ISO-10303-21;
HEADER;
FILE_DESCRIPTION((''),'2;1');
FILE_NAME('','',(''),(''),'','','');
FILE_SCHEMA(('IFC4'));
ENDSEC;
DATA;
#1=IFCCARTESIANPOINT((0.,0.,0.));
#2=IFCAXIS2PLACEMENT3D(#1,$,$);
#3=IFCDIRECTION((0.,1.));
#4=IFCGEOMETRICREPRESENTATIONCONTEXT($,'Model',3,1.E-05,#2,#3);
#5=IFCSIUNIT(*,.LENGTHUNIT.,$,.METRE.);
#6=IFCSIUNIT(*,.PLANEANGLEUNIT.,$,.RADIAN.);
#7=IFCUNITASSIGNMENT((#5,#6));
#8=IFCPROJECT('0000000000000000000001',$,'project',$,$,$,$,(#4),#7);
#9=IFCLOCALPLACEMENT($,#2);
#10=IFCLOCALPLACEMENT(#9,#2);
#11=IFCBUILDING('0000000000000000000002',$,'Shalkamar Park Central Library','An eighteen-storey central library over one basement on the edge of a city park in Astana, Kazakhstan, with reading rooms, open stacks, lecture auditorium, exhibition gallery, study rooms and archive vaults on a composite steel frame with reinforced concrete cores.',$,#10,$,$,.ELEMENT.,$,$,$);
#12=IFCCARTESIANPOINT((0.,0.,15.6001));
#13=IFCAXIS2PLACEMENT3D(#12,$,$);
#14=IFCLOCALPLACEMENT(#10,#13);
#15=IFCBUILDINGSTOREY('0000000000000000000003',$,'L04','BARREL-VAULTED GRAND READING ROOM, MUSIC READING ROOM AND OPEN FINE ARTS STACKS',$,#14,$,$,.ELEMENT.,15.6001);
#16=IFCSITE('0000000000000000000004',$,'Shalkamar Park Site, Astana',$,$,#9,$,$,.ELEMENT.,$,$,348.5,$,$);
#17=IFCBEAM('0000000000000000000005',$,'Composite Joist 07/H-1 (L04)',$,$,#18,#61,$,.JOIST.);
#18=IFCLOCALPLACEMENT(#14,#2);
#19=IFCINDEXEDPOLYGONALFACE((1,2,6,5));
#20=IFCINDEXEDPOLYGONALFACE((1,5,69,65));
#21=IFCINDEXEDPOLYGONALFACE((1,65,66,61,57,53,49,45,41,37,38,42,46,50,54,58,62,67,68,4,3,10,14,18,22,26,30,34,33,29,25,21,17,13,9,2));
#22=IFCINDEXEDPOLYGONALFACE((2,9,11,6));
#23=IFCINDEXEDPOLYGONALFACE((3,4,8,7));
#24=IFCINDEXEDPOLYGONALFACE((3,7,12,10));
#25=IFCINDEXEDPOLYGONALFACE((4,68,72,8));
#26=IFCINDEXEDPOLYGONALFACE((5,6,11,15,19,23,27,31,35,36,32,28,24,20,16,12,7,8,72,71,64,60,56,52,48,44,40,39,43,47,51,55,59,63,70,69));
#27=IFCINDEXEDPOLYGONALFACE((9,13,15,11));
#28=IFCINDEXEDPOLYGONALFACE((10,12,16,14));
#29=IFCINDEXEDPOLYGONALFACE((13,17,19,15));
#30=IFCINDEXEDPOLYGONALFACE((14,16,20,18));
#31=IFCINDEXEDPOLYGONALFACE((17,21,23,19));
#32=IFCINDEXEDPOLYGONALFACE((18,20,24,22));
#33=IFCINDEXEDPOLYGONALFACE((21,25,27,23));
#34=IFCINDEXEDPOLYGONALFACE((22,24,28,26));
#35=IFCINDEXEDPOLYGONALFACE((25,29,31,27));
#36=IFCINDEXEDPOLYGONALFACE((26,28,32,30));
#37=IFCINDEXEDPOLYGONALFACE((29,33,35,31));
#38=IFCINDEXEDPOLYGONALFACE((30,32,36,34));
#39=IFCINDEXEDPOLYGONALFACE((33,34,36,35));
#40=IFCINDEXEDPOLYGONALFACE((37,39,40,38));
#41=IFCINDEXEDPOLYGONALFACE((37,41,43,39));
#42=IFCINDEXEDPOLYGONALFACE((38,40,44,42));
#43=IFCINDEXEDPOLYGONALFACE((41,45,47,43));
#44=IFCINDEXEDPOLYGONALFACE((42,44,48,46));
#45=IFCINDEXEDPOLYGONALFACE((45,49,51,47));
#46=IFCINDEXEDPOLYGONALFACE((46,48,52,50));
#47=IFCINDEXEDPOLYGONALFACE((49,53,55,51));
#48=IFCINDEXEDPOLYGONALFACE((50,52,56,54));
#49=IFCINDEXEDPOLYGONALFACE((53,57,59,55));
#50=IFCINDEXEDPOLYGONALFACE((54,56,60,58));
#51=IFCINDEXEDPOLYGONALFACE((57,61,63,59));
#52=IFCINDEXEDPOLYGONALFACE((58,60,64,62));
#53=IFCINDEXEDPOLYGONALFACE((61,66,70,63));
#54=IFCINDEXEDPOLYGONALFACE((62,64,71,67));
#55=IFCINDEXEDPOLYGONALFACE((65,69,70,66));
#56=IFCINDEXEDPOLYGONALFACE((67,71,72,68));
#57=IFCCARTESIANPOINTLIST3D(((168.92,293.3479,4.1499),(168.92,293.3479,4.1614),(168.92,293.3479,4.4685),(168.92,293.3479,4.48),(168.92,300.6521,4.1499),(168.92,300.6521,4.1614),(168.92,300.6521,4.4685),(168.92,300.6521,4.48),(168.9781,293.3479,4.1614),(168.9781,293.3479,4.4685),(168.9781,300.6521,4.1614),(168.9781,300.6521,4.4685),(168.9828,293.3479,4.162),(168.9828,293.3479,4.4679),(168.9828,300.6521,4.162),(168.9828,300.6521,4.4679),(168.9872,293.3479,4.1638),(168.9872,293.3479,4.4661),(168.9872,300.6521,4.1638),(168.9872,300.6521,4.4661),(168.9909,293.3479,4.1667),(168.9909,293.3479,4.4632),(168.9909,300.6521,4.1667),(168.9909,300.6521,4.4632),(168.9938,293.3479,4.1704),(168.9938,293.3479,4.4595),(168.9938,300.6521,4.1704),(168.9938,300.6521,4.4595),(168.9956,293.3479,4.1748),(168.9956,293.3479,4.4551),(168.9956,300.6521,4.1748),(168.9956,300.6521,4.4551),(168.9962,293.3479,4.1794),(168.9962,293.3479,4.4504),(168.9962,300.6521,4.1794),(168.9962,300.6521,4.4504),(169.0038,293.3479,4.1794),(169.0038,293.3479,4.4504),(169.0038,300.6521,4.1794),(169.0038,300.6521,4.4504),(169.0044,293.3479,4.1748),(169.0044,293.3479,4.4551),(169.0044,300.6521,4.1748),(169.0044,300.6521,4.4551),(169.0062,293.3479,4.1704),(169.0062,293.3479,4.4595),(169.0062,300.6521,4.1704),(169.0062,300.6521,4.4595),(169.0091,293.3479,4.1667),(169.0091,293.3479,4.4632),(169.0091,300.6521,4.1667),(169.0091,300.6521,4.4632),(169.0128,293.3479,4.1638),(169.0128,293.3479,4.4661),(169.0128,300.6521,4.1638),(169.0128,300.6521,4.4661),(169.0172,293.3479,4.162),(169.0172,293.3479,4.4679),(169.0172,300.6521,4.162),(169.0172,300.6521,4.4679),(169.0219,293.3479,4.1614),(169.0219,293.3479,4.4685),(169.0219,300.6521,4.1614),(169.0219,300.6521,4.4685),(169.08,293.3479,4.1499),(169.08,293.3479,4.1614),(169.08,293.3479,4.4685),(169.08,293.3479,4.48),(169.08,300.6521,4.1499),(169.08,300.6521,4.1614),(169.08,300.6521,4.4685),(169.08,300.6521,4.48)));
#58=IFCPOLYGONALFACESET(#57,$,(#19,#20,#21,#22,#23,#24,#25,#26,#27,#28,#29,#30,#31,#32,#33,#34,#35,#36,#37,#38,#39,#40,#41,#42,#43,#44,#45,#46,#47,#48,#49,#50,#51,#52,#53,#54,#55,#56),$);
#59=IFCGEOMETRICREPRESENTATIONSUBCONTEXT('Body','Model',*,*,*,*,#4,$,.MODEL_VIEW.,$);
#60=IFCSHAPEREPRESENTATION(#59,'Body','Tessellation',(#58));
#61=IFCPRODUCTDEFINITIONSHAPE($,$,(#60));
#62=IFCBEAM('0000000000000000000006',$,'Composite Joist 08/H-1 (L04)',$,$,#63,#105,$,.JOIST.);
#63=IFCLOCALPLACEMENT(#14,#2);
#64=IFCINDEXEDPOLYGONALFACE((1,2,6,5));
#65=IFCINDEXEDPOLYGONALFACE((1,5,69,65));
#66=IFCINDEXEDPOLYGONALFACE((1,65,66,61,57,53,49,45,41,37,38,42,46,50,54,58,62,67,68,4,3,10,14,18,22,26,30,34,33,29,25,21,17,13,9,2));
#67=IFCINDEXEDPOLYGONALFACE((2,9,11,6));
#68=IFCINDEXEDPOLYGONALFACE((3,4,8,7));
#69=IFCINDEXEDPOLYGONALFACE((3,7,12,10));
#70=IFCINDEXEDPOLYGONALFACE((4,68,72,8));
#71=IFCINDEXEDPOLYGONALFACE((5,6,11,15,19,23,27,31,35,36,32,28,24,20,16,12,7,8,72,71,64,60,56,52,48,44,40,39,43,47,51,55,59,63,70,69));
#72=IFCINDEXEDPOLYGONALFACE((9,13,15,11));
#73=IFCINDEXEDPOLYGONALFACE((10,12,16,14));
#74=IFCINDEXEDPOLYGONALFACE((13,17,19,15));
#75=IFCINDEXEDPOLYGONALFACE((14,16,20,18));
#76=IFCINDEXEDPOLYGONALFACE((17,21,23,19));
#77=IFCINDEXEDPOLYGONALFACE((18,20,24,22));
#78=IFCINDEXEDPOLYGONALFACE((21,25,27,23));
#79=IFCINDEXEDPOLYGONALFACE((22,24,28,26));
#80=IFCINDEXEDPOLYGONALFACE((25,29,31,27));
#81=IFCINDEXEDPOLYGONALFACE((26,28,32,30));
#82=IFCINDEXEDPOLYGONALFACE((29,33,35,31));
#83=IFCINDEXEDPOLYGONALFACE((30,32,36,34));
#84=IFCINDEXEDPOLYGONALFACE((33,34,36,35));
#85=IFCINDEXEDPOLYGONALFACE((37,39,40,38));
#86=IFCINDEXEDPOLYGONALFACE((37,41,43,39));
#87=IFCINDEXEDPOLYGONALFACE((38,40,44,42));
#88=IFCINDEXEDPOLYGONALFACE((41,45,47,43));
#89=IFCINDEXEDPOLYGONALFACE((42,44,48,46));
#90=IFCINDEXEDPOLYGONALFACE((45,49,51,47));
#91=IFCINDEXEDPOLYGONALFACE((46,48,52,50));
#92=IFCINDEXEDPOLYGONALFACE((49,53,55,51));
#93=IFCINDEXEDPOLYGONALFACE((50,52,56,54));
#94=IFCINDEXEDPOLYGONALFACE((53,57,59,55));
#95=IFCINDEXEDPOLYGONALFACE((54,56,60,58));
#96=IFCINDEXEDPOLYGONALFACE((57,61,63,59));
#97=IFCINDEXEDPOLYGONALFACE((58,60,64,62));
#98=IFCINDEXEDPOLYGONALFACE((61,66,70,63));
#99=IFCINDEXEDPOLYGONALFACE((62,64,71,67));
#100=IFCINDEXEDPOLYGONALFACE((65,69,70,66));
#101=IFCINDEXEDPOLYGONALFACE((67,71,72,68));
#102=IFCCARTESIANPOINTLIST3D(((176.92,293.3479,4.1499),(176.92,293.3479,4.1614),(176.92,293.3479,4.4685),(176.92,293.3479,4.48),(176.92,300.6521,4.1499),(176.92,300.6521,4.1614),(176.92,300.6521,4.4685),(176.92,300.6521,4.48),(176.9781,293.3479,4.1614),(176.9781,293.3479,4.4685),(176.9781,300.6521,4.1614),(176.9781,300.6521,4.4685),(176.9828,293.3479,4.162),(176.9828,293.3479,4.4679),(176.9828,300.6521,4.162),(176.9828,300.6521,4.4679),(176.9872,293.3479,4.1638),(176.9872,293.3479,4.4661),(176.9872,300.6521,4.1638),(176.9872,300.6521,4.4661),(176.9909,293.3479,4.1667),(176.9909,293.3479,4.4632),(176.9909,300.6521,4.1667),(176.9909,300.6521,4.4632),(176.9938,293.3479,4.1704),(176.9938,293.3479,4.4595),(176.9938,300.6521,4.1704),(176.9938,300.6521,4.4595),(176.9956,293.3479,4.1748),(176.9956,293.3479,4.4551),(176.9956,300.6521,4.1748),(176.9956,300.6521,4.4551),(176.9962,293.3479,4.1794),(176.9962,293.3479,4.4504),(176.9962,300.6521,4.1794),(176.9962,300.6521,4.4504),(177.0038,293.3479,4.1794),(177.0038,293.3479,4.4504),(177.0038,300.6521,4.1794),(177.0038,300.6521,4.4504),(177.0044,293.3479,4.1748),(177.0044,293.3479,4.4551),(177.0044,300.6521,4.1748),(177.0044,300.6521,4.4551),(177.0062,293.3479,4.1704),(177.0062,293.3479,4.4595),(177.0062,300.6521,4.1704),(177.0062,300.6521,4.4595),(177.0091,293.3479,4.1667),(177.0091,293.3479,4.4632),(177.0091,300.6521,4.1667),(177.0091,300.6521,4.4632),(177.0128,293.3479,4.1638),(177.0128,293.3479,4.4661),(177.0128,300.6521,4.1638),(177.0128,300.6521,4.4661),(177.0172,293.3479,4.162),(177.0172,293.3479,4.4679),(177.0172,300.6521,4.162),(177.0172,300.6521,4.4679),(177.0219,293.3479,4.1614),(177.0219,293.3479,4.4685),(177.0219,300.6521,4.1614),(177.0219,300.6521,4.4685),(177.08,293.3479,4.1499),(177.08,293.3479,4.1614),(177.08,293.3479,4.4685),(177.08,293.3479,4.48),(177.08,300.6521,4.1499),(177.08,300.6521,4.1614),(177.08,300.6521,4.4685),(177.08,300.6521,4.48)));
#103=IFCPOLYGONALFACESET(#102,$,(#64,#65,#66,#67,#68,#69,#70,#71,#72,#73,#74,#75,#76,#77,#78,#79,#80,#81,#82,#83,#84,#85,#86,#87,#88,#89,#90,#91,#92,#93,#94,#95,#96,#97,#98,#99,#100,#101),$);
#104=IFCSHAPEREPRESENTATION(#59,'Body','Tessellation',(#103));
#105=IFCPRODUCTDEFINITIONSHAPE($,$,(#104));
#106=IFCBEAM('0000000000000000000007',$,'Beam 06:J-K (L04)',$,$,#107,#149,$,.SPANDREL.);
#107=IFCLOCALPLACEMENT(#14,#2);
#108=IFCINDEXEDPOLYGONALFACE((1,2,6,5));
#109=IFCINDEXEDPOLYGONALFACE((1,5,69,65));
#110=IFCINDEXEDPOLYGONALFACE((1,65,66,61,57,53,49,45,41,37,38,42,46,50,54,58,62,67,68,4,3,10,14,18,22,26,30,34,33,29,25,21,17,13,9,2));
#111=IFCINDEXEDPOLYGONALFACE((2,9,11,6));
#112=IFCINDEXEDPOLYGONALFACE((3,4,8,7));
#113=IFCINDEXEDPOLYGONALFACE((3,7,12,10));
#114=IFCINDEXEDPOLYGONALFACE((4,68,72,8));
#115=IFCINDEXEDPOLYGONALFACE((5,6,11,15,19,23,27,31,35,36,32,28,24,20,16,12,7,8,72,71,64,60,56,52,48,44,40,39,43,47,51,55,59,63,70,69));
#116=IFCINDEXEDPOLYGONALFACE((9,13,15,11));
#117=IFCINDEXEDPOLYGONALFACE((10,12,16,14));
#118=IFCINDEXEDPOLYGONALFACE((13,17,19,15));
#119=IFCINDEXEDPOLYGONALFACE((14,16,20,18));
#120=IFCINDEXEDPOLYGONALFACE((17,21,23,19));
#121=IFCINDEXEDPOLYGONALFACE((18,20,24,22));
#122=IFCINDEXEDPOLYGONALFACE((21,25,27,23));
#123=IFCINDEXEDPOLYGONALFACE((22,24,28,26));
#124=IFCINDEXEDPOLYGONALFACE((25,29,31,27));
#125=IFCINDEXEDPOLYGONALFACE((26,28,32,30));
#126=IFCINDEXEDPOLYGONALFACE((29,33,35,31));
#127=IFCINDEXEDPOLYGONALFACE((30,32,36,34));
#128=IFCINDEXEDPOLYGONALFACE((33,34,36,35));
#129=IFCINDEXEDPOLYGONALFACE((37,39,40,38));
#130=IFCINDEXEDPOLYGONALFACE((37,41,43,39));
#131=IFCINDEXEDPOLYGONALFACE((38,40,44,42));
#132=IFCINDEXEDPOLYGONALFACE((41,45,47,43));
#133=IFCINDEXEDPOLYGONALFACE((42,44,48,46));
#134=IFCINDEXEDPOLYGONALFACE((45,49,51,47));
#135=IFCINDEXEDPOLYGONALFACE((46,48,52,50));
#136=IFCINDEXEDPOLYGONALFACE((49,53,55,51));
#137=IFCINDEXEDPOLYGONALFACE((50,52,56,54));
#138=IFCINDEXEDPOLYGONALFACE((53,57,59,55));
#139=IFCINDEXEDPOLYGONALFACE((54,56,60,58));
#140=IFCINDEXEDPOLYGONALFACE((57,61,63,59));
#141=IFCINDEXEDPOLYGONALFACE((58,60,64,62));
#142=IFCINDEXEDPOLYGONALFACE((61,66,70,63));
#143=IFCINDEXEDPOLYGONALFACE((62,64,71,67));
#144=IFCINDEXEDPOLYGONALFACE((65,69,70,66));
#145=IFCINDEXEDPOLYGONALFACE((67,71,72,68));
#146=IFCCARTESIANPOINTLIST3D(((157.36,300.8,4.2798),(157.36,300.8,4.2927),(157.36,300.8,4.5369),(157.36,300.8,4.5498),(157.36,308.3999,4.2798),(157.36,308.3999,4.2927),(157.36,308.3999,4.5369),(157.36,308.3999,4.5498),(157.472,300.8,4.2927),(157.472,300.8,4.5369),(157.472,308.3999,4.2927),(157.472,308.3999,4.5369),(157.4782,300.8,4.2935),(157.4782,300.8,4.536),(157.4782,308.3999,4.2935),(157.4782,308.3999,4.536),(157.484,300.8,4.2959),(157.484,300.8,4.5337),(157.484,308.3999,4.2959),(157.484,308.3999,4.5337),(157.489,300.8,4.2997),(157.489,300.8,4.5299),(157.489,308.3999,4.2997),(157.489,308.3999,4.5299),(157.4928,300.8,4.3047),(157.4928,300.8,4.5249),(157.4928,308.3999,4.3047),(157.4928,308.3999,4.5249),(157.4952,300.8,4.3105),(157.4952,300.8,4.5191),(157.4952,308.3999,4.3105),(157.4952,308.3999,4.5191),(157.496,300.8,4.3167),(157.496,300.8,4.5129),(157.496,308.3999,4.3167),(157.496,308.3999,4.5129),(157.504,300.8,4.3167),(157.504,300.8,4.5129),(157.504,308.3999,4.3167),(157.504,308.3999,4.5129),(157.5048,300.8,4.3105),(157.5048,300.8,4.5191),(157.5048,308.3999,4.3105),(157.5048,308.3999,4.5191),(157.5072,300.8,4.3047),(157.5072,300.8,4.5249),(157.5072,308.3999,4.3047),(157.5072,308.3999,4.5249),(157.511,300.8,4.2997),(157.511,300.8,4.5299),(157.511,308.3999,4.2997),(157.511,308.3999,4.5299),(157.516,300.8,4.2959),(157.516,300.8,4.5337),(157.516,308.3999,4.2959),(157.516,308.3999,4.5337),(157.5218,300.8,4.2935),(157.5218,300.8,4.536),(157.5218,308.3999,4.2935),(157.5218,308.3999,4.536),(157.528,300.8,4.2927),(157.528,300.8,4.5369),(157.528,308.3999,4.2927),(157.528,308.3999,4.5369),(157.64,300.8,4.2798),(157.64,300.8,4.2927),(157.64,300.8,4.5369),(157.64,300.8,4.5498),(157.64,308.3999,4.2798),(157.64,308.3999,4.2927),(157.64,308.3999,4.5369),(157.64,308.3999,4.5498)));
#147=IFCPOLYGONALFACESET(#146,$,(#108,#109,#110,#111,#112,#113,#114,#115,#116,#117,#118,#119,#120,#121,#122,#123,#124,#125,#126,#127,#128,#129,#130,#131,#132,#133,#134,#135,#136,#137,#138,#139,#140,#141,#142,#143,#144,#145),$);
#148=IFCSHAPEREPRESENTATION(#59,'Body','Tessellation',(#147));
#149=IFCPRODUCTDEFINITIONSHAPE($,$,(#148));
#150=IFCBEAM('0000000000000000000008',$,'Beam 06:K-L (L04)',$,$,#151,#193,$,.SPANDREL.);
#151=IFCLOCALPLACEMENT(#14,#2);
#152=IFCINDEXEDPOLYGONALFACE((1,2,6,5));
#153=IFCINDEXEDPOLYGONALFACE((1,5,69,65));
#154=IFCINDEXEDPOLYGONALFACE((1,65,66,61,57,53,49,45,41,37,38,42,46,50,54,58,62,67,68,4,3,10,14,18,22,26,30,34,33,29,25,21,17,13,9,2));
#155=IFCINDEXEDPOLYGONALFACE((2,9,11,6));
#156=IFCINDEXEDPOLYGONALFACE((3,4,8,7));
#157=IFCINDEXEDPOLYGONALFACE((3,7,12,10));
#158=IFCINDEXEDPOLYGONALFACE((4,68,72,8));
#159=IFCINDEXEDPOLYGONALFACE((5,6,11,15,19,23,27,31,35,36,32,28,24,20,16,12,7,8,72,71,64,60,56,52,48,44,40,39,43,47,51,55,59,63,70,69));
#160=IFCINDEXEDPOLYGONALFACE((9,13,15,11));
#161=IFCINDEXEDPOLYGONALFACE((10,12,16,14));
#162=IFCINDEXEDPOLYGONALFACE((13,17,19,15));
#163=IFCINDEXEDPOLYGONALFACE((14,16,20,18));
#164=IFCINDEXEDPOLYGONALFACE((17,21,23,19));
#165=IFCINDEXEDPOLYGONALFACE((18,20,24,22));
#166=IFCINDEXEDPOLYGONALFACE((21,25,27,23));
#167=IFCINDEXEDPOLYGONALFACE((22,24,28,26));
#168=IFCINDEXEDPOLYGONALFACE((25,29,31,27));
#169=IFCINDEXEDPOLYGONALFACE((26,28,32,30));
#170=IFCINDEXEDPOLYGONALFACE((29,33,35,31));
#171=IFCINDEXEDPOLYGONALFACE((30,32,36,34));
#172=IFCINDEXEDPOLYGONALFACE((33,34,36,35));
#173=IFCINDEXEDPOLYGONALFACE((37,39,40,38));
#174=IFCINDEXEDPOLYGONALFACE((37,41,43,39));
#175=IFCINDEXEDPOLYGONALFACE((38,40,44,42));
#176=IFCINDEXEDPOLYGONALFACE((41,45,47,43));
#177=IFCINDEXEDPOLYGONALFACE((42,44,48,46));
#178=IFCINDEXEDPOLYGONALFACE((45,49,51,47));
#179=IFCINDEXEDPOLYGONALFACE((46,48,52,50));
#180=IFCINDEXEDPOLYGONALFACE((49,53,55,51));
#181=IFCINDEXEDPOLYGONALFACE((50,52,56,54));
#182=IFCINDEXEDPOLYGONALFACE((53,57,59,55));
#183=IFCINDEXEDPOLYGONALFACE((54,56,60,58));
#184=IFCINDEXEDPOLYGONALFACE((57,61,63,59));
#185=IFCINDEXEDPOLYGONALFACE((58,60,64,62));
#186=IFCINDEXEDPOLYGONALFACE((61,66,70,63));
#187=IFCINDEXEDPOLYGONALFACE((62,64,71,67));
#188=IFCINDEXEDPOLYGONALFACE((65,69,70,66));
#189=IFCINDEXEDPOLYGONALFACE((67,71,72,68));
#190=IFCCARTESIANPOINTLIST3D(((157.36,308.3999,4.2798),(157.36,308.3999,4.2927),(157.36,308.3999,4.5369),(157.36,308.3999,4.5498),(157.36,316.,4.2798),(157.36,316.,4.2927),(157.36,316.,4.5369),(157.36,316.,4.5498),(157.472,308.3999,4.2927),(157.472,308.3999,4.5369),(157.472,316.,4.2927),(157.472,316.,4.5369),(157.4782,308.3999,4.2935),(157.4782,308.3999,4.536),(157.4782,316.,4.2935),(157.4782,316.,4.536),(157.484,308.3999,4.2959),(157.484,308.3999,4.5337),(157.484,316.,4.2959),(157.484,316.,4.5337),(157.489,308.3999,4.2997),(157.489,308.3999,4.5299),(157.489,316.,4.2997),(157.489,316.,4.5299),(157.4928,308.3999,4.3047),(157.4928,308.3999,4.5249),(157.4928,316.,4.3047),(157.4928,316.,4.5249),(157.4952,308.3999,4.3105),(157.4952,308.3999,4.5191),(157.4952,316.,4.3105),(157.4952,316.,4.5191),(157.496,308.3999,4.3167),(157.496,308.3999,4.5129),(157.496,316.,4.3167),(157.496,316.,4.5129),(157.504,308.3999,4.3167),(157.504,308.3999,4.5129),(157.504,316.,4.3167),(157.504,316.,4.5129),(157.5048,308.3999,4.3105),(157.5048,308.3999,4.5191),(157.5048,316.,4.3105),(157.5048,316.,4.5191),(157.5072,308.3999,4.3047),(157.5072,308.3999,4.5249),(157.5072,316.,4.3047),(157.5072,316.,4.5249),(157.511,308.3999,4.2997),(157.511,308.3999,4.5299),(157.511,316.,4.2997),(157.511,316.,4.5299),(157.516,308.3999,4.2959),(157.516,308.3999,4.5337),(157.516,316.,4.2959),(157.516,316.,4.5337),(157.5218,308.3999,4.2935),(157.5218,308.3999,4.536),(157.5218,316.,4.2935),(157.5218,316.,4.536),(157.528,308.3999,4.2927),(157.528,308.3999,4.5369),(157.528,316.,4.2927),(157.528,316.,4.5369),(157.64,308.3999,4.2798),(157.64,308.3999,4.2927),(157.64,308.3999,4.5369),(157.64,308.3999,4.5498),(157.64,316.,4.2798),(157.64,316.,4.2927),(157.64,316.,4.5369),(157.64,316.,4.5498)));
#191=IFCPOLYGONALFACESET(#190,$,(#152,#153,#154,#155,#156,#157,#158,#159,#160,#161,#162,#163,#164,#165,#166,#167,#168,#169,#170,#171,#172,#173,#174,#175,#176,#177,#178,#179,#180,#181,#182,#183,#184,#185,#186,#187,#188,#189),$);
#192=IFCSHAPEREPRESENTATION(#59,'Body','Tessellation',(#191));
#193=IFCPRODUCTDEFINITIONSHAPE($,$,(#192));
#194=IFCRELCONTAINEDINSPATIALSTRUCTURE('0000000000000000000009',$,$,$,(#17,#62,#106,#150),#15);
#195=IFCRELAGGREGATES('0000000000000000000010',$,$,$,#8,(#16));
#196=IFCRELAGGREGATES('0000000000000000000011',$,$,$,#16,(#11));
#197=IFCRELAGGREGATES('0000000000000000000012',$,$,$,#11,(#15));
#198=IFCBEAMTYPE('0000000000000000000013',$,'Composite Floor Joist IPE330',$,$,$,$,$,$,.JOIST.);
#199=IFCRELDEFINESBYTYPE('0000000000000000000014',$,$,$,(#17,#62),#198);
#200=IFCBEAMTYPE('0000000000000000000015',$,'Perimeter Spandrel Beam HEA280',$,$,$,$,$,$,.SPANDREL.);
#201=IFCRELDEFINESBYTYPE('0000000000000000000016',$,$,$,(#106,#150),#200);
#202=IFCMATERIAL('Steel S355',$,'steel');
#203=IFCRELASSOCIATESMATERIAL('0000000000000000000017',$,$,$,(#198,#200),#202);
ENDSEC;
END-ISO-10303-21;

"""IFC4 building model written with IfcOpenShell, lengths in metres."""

from ifc_helpers import new_model, si_unit, direction, frame, origin, origin_2d, place, context, subcontext, project, spatial, i_section, extrude, material, material_profile, profile_set, type_object, element, save


model = new_model("IFC4")

# Units and contexts
model_context = context("Model", 3, precision=1e-05, world=origin(), true_north=direction((0.0, 1.0)))
body_context = subcontext(model_context, "Body", "Model", "MODEL_VIEW")
ifc_project = project(units=[si_unit("LENGTHUNIT", "METRE"), si_unit("PLANEANGLEUNIT", "RADIAN")], contexts=[model_context])

# Site, building, storey
site_placement = place(None, origin())
site = spatial("IfcSite", under=ifc_project, at=site_placement, Name="Shalkamar Park Site, Astana", CompositionType="ELEMENT", RefElevation=348.5)
building_placement = place(site_placement, origin())
building = spatial("IfcBuilding", under=site, at=building_placement, Name="Shalkamar Park Central Library", Description="An eighteen-storey central library over one basement on the edge of a city park in Astana, Kazakhstan, with reading rooms, open stacks, lecture auditorium, exhibition gallery, study rooms and archive vaults on a composite steel frame with reinforced concrete cores.", CompositionType="ELEMENT")
storey_placement = place(building_placement, frame((0.0, 0.0, 15.6001)))
storey = spatial("IfcBuildingStorey", under=building, at=storey_placement, Name="L04", Description="BARREL-VAULTED GRAND READING ROOM, MUSIC READING ROOM AND OPEN FINE ARTS STACKS", CompositionType="ELEMENT", Elevation=15.6001)

# Shared definitions
ifc_material_1 = material(Name="Steel S355", Category="steel")

# Beams
ifc_material_profile_1 = material_profile(ifc_material_1, i_section(OverallWidth=0.1599, OverallDepth=0.3301, WebThickness=0.0076, FlangeThickness=0.0115, FilletRadius=0.0181, at=origin_2d()), Name="IPE 330")
ifc_profile_set_1 = profile_set([ifc_material_profile_1], Name="Steel S355")
beam_type_1 = type_object("IfcBeamType", Name="Composite Floor Joist IPE330", PredefinedType="JOIST", material=ifc_profile_set_1)
for number, where, z_axis, x_axis, name in (
    (1, (169.0, 293.3479, 4.3149), (0.0, 1.0, 0.0), (-1.0, 0.0, 0.0), "Composite Joist 07/H-1 (L04)"),
    (2, (177.0, 293.3479, 4.3149), (0.0, 1.0, 0.0), (-1.0, 0.0, 0.0), "Composite Joist 08/H-1 (L04)"),
):
    element("IfcBeam", number, at=place(storey_placement, frame(where, z_axis=z_axis, x_axis=x_axis)), inside=storey, type_object=beam_type_1, Name=name, PredefinedType="JOIST", context=body_context, shape_type="SweptSolid", body=[
        extrude(i_section(OverallWidth=0.1599, OverallDepth=0.3301, WebThickness=0.0076, FlangeThickness=0.0115, FilletRadius=0.0181, at=origin_2d()), origin(), (0.0, 0.0, 1.0), 7.3042),
    ])
ifc_material_profile_2 = material_profile(ifc_material_1, i_section(OverallWidth=0.28, OverallDepth=0.27, WebThickness=0.0081, FlangeThickness=0.0129, FilletRadius=0.0239, at=origin_2d()), Name="HEA 280")
ifc_profile_set_2 = profile_set([ifc_material_profile_2], Name="Steel S355")
beam_type_2 = type_object("IfcBeamType", Name="Perimeter Spandrel Beam HEA280", PredefinedType="SPANDREL", material=ifc_profile_set_2)
beam_1_placement = place(storey_placement, frame((157.5, 300.8, 4.4148), z_axis=(0.0, 1.0, 0.0), x_axis=(-1.0, 0.0, 0.0)))
element("IfcBeam", 3, at=beam_1_placement, inside=storey, type_object=beam_type_2, Name="Beam 06:J-K (L04)", PredefinedType="SPANDREL", context=body_context, shape_type="SweptSolid", body=[
    extrude(i_section(OverallWidth=0.28, OverallDepth=0.27, WebThickness=0.0081, FlangeThickness=0.0129, FilletRadius=0.0239, at=origin_2d()), origin(), (0.0, 0.0, 1.0), 7.5999),
])
beam_2_placement = place(storey_placement, frame((157.5, 308.3999, 4.4148), z_axis=(0.0, 1.0, 0.0), x_axis=(-1.0, 0.0, 0.0)))
element("IfcBeam", 4, at=beam_2_placement, inside=storey, type_object=beam_type_2, Name="Beam 06:K-L (L04)", PredefinedType="SPANDREL", context=body_context, shape_type="SweptSolid", body=[
    extrude(i_section(OverallWidth=0.28, OverallDepth=0.27, WebThickness=0.0081, FlangeThickness=0.0129, FilletRadius=0.0239, at=origin_2d()), origin(), (0.0, 0.0, 1.0), 7.6001),
])

save(model, "model.ifc")
